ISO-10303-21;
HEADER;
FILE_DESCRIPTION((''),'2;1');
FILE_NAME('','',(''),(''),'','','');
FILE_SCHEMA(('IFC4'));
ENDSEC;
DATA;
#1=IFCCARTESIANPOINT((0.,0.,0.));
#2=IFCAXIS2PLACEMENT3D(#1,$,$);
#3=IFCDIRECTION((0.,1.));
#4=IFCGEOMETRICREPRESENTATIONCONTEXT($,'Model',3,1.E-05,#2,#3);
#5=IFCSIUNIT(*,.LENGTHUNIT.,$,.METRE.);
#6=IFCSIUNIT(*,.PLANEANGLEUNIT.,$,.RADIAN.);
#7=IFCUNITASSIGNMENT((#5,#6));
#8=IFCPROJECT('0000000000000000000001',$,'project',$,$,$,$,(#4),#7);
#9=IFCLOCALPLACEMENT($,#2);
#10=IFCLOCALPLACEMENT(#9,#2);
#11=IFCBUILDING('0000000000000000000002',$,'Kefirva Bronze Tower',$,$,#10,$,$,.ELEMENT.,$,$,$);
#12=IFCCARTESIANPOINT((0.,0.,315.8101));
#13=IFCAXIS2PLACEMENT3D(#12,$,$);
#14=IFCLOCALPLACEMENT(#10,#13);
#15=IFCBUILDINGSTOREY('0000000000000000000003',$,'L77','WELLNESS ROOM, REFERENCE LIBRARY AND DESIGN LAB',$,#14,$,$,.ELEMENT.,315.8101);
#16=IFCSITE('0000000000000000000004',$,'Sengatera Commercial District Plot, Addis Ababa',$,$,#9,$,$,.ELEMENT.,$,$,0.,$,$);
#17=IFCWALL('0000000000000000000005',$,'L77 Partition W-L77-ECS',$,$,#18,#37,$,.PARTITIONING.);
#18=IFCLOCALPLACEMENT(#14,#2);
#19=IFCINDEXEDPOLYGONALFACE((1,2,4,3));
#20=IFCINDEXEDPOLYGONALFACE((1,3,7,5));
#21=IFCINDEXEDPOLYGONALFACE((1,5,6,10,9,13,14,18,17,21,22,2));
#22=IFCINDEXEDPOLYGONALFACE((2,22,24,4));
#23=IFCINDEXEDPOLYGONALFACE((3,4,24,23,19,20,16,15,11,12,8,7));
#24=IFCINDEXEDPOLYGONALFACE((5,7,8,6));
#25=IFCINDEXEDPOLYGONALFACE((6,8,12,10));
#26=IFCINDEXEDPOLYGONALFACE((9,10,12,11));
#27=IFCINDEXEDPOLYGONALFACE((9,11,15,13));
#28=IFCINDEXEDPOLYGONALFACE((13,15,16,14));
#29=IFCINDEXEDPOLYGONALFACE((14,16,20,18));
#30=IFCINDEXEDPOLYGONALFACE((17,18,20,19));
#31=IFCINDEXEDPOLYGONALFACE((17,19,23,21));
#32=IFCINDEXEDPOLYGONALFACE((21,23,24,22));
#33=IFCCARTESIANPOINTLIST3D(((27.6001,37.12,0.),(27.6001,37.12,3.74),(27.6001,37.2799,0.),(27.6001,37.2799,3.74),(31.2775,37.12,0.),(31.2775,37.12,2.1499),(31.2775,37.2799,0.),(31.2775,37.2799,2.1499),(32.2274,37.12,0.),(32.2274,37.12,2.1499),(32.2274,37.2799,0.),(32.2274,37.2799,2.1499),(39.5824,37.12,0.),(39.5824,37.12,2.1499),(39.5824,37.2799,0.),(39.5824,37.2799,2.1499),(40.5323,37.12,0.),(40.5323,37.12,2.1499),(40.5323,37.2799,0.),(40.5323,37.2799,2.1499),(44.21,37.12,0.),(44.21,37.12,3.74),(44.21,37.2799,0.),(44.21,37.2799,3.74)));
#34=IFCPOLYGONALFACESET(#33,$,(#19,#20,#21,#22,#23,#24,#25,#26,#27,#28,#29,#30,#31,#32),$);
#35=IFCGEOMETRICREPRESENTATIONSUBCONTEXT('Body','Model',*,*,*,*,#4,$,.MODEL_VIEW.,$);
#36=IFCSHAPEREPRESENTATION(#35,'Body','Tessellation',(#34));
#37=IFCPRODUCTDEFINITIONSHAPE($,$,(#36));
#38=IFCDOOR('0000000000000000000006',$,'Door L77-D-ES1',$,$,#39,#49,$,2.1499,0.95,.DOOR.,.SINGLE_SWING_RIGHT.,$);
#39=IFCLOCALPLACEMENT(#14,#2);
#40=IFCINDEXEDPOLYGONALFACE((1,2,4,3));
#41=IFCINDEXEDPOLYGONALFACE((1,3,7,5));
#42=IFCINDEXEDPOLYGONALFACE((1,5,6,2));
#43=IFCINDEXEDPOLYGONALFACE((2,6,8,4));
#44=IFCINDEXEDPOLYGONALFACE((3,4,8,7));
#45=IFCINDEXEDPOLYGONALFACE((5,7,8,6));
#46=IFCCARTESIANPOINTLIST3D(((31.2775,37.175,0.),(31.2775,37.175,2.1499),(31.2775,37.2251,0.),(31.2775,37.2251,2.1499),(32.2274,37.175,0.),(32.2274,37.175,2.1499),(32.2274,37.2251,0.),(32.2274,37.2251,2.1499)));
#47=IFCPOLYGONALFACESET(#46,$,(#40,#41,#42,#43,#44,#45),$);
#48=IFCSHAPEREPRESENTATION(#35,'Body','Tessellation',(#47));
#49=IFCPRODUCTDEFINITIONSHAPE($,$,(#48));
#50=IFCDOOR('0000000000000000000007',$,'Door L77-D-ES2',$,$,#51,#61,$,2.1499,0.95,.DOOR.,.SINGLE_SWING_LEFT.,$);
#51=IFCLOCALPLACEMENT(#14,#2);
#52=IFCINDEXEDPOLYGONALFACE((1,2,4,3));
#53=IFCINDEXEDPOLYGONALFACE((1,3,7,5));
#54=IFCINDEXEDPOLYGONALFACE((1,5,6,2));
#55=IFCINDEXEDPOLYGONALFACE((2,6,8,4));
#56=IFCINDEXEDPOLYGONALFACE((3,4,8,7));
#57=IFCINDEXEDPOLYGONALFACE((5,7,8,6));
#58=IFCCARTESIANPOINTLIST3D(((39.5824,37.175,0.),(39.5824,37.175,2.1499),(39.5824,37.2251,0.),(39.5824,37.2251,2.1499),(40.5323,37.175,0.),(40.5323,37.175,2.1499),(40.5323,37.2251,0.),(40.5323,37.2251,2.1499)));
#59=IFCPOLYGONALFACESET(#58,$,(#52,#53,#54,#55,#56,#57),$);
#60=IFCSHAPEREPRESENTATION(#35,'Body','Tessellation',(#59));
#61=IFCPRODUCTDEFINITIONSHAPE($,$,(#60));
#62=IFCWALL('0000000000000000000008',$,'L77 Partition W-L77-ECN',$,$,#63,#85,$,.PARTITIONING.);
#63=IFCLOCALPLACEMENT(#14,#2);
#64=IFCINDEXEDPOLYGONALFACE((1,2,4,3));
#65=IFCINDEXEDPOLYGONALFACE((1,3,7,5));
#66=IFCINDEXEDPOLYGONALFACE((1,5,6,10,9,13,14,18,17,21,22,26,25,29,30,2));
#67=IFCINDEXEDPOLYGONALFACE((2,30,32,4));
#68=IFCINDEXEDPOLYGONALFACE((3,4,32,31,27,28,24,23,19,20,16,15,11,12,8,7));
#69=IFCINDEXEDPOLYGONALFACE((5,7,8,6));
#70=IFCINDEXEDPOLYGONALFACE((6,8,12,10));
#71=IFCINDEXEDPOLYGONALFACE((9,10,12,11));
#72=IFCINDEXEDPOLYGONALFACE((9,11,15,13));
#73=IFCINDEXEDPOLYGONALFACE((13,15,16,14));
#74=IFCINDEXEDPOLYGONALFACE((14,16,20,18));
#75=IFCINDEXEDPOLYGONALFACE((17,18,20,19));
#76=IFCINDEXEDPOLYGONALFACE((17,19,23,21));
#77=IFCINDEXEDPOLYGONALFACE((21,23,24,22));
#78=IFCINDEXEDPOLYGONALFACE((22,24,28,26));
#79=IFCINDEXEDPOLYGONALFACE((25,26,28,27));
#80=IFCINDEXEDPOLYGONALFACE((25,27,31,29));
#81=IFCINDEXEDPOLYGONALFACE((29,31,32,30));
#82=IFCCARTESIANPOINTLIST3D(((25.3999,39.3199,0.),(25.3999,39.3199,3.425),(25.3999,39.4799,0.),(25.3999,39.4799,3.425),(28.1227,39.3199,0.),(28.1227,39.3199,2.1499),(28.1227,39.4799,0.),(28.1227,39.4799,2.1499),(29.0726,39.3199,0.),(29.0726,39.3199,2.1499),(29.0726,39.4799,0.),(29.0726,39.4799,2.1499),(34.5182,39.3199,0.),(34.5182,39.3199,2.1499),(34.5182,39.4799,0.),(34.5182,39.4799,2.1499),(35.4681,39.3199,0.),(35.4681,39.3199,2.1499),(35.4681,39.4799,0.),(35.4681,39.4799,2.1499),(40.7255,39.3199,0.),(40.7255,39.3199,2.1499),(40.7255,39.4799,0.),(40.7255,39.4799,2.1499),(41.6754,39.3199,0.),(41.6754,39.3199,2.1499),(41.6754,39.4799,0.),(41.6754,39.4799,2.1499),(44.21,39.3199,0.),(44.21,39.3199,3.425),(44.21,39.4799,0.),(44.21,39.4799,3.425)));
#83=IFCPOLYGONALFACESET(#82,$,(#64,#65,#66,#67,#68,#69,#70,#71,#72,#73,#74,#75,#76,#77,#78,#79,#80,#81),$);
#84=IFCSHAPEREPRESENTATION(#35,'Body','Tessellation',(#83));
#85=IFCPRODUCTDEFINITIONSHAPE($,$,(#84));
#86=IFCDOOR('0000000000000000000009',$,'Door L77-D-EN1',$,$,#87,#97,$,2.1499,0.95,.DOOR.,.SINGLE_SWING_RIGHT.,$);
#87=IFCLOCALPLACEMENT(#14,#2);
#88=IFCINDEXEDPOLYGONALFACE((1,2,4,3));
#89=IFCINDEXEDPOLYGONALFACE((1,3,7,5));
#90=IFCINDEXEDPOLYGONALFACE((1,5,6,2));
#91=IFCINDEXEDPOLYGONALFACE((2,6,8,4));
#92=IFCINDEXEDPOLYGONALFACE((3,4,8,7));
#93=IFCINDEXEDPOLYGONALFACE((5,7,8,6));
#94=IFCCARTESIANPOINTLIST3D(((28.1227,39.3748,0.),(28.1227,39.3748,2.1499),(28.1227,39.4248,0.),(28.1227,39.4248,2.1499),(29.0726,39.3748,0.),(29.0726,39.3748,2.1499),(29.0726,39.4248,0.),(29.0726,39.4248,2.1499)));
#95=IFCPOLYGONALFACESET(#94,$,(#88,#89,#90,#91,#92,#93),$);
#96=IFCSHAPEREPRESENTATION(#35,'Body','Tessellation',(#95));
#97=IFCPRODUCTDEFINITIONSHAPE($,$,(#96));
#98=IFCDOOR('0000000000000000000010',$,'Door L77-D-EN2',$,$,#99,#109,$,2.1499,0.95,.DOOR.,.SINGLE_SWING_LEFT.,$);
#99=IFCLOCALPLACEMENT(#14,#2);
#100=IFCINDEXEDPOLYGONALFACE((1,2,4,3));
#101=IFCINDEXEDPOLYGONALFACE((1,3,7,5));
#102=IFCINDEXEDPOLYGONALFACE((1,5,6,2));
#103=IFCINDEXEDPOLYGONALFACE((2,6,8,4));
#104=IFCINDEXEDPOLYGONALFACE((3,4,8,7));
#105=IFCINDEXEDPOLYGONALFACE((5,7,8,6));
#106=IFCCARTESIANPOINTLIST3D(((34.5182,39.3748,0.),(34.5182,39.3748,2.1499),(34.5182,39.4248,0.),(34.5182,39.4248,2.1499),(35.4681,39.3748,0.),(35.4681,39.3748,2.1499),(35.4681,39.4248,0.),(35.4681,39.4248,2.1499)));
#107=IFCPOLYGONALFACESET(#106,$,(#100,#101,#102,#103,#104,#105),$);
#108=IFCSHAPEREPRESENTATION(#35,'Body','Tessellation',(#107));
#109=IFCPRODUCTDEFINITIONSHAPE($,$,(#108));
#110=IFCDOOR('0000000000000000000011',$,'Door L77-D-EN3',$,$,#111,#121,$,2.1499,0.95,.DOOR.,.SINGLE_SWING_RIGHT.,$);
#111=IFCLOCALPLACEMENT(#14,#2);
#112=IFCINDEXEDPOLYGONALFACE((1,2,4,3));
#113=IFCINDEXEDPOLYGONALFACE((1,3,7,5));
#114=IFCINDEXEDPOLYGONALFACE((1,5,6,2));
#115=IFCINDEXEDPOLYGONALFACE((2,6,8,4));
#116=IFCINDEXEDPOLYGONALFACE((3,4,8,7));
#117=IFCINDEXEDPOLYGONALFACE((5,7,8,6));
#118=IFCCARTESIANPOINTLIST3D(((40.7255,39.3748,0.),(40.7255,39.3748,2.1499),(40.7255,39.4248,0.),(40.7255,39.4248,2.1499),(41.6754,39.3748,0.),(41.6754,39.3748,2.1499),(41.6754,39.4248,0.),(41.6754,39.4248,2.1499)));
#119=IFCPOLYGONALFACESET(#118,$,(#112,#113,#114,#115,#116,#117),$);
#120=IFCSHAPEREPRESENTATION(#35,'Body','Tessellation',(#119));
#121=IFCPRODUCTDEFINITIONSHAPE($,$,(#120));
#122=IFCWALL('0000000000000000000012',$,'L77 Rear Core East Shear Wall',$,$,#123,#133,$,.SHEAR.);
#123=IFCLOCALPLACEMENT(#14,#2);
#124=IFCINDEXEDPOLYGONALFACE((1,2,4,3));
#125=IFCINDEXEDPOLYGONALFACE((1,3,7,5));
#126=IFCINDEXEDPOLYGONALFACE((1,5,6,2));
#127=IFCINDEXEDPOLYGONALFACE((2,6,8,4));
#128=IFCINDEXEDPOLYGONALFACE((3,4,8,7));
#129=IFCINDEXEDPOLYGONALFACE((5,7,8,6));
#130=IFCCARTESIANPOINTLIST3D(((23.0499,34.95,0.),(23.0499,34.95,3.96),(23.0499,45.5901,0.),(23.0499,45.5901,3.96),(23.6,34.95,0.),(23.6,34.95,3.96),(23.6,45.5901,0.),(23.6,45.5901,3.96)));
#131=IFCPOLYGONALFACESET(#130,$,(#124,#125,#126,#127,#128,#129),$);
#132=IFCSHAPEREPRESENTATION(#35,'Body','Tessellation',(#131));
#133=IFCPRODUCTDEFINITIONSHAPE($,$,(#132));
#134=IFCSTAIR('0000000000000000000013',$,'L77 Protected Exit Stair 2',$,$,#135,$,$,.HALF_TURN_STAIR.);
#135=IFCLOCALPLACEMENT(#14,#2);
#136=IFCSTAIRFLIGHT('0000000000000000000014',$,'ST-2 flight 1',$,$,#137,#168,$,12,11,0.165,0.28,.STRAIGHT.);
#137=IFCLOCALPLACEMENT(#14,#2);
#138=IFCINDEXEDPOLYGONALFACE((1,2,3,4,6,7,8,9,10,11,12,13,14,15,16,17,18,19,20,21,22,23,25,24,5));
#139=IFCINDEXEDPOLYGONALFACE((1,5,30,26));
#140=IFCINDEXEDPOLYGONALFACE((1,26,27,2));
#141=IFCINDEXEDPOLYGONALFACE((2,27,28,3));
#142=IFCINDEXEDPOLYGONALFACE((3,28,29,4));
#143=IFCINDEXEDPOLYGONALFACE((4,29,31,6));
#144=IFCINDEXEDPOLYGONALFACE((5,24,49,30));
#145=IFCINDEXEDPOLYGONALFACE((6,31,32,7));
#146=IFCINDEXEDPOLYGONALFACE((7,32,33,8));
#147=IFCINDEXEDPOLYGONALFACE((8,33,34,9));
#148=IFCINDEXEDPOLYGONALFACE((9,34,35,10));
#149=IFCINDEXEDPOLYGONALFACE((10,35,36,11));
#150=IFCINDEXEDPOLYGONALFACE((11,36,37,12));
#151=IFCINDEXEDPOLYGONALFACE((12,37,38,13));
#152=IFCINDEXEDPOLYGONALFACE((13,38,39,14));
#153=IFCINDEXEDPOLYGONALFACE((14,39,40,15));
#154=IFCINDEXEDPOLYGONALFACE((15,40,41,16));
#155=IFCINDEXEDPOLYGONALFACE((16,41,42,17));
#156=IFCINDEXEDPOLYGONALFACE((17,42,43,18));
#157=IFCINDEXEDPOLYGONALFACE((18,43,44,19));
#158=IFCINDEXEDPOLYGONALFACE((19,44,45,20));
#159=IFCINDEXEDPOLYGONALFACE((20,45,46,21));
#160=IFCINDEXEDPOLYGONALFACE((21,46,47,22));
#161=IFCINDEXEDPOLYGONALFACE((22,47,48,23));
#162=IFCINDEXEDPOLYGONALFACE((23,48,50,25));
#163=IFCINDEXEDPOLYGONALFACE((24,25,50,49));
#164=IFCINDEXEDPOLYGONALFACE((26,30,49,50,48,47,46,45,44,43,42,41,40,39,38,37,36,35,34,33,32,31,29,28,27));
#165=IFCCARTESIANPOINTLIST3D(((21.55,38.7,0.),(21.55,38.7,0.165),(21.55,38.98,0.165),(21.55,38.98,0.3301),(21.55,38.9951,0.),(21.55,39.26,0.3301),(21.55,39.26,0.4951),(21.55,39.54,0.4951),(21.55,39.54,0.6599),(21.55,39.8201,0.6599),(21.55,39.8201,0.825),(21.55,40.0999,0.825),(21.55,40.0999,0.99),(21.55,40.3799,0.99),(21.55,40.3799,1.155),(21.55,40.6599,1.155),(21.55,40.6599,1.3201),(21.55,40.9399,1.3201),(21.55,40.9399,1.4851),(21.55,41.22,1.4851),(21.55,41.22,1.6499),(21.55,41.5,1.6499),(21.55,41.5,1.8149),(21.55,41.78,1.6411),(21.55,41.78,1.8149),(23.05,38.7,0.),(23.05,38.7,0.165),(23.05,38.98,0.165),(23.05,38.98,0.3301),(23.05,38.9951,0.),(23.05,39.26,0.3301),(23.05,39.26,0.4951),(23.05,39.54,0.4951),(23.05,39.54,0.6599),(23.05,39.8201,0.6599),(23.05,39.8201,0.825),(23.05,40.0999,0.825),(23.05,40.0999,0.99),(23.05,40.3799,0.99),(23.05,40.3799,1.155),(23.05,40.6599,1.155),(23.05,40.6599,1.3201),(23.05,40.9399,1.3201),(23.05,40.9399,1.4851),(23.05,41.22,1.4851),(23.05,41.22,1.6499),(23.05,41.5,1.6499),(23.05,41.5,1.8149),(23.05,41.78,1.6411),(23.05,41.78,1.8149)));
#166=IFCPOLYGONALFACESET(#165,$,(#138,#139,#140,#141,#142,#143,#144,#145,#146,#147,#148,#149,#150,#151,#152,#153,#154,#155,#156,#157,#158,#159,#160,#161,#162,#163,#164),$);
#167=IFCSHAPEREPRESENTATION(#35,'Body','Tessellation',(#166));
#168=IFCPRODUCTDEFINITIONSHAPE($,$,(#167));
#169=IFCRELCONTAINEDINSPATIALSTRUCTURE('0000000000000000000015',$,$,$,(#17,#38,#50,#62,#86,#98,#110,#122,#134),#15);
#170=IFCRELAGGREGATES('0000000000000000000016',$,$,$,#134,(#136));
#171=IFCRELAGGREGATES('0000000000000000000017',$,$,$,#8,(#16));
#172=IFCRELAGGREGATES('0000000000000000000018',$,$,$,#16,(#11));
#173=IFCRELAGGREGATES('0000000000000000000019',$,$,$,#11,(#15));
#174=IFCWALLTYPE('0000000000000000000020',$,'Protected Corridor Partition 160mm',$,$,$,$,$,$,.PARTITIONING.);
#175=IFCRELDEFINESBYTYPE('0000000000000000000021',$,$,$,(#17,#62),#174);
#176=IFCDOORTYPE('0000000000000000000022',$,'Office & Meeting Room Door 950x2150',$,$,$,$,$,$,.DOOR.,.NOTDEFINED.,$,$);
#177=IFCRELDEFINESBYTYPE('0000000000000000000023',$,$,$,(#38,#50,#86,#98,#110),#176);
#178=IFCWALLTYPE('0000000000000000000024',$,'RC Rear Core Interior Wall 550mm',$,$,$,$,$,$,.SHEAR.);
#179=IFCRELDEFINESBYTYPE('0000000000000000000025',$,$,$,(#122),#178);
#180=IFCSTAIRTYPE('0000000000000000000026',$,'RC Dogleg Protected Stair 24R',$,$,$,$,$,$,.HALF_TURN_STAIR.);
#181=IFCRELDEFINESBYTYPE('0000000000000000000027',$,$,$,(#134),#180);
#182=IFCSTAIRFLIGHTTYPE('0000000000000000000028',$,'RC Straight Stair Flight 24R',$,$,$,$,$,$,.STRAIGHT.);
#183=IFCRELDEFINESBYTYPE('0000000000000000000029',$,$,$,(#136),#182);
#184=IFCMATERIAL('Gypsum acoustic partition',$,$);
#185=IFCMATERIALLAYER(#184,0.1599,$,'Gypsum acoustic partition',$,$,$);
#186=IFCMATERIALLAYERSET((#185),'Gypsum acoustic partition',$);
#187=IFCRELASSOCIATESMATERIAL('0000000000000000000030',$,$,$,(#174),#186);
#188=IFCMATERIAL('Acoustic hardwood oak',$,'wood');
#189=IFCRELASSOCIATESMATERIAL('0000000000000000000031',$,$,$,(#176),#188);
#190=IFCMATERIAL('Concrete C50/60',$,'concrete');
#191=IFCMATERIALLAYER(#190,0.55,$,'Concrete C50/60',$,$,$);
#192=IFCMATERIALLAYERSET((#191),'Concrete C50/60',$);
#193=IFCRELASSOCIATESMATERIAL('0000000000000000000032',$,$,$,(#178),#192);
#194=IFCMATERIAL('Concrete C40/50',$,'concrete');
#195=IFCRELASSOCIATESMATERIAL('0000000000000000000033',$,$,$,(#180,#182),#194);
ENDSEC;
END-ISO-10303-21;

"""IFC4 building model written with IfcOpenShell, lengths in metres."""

from ifc_helpers import new_model, si_unit, direction, frame, frame_2d, origin, place, context, subcontext, project, spatial, polyline, rectangle, outline, extrude, material, layer, layer_set, type_object, element, fill, aggregate, save


model = new_model("IFC4")

# Units and contexts
model_context = context("Model", 3, precision=1e-05, world=origin(), true_north=direction((0.0, 1.0)))
body_context = subcontext(model_context, "Body", "Model", "MODEL_VIEW")
ifc_project = project(units=[si_unit("LENGTHUNIT", "METRE"), si_unit("PLANEANGLEUNIT", "RADIAN")], contexts=[model_context])

# Site, building, storey
site_placement = place(None, origin())
site = spatial("IfcSite", under=ifc_project, at=site_placement, Name="Sengatera Commercial District Plot, Addis Ababa", CompositionType="ELEMENT", RefElevation=0.0)
building_placement = place(site_placement, origin())
building = spatial("IfcBuilding", under=site, at=building_placement, Name="Kefirva Bronze Tower", CompositionType="ELEMENT")
storey_placement = place(building_placement, frame((0.0, 0.0, 315.8101)))
storey = spatial("IfcBuildingStorey", under=building, at=storey_placement, Name="L77", Description="WELLNESS ROOM, REFERENCE LIBRARY AND DESIGN LAB", CompositionType="ELEMENT", Elevation=315.8101)

# Shared definitions
ifc_material_1 = material(Name="Concrete C50/60", Category="concrete")

# Shared definitions
ifc_material_2 = material(Name="Gypsum acoustic partition")

# Walls, openings, doors
ifc_layer_1 = layer(ifc_material_2, 0.1599, Name="Gypsum acoustic partition")
ifc_layer_set_1 = layer_set([ifc_layer_1], Name="Gypsum acoustic partition")
wall_type_1 = type_object("IfcWallType", Name="Protected Corridor Partition 160mm", PredefinedType="PARTITIONING", material=ifc_layer_set_1)
wall_1_placement = place(storey_placement, frame((27.6001, 37.2, 0.0), z_axis=(0.0, 0.0, 1.0), x_axis=(1.0, 0.0, 0.0)))
wall_1 = element("IfcWall", 1, at=wall_1_placement, inside=storey, type_object=wall_type_1, Name="L77 Partition W-L77-ECS", PredefinedType="PARTITIONING", context=body_context, shape_type="SweptSolid", body=[
    extrude(rectangle(XDim=16.6099, YDim=0.1599, at=frame_2d((8.3049, 0.0))), origin(), (0.0, 0.0, 1.0), 3.74),
])
opening_1_placement = place(wall_1_placement, frame((4.6274, 0.0, 0.0), z_axis=(0.0, 0.0, 1.0), x_axis=(-1.0, 0.0, 0.0)))
opening_1 = element("IfcOpeningElement", 2, at=opening_1_placement, cuts=wall_1, PredefinedType="OPENING", context=body_context, shape_type="SweptSolid", body=[
    extrude(rectangle(XDim=0.95, YDim=2.1499, at=frame_2d((0.4751, 1.075))), frame((0.0, 0.0898, 0.0), z_axis=(0.0, -1.0, 0.0), x_axis=(1.0, 0.0, 0.0)), (0.0, 0.0, 1.0), 0.1799),
])
opening_2_placement = place(wall_1_placement, frame((12.9324, 0.0, 0.0), z_axis=(0.0, 0.0, 1.0), x_axis=(-1.0, 0.0, 0.0)))
opening_2 = element("IfcOpeningElement", 3, at=opening_2_placement, cuts=wall_1, PredefinedType="OPENING", context=body_context, shape_type="SweptSolid", body=[
    extrude(rectangle(XDim=0.95, YDim=2.1499, at=frame_2d((0.4751, 1.075))), frame((0.0, 0.0898, 0.0), z_axis=(0.0, -1.0, 0.0), x_axis=(1.0, 0.0, 0.0)), (0.0, 0.0, 1.0), 0.1799),
])
ifc_material_3 = material(Name="Acoustic hardwood oak", Category="wood")
door_type = type_object("IfcDoorType", Name="Office & Meeting Room Door 950x2150", OperationType="NOTDEFINED", PredefinedType="DOOR", material=ifc_material_3)
door_1_placement = place(opening_1_placement, origin())
door_1 = element("IfcDoor", 4, at=door_1_placement, inside=storey, type_object=door_type, Name="Door L77-D-ES1", OperationType="SINGLE_SWING_RIGHT", OverallHeight=2.1499, OverallWidth=0.95, PredefinedType="DOOR", context=body_context, shape_type="SweptSolid", body=[
    extrude(rectangle(XDim=0.95, YDim=2.1499, at=frame_2d((0.4751, 1.075))), frame((0.0, 0.0249, 0.0), z_axis=(0.0, -1.0, 0.0), x_axis=(1.0, 0.0, 0.0)), (0.0, 0.0, 1.0), 0.05),
])
fill(opening_1, door_1)
door_2_placement = place(opening_2_placement, origin())
door_2 = element("IfcDoor", 5, at=door_2_placement, inside=storey, type_object=door_type, Name="Door L77-D-ES2", OperationType="SINGLE_SWING_LEFT", OverallHeight=2.1499, OverallWidth=0.95, PredefinedType="DOOR", context=body_context, shape_type="SweptSolid", body=[
    extrude(rectangle(XDim=0.95, YDim=2.1499, at=frame_2d((0.4751, 1.075))), frame((0.0, 0.0249, 0.0), z_axis=(0.0, -1.0, 0.0), x_axis=(1.0, 0.0, 0.0)), (0.0, 0.0, 1.0), 0.05),
])
fill(opening_2, door_2)
wall_2_placement = place(storey_placement, frame((25.3999, 39.3999, 0.0), z_axis=(0.0, 0.0, 1.0), x_axis=(1.0, 0.0, 0.0)))
wall_2 = element("IfcWall", 6, at=wall_2_placement, inside=storey, type_object=wall_type_1, Name="L77 Partition W-L77-ECN", PredefinedType="PARTITIONING", context=body_context, shape_type="SweptSolid", body=[
    extrude(rectangle(XDim=18.8101, YDim=0.1599, at=frame_2d((9.405, 0.0))), origin(), (0.0, 0.0, 1.0), 3.425),
])
opening_3_placement = place(wall_2_placement, frame((2.7227, 0.0, 0.0)))
opening_3 = element("IfcOpeningElement", 7, at=opening_3_placement, cuts=wall_2, PredefinedType="OPENING", context=body_context, shape_type="SweptSolid", body=[
    extrude(rectangle(XDim=0.95, YDim=2.1499, at=frame_2d((0.4751, 1.075))), frame((0.0, 0.0898, 0.0), z_axis=(0.0, -1.0, 0.0), x_axis=(1.0, 0.0, 0.0)), (0.0, 0.0, 1.0), 0.1799),
])
opening_4_placement = place(wall_2_placement, frame((9.1182, 0.0, 0.0)))
opening_4 = element("IfcOpeningElement", 8, at=opening_4_placement, cuts=wall_2, PredefinedType="OPENING", context=body_context, shape_type="SweptSolid", body=[
    extrude(rectangle(XDim=0.95, YDim=2.1499, at=frame_2d((0.4751, 1.075))), frame((0.0, 0.0898, 0.0), z_axis=(0.0, -1.0, 0.0), x_axis=(1.0, 0.0, 0.0)), (0.0, 0.0, 1.0), 0.1799),
])
opening_5_placement = place(wall_2_placement, frame((15.3254, 0.0, 0.0)))
opening_5 = element("IfcOpeningElement", 9, at=opening_5_placement, cuts=wall_2, PredefinedType="OPENING", context=body_context, shape_type="SweptSolid", body=[
    extrude(rectangle(XDim=0.95, YDim=2.1499, at=frame_2d((0.4751, 1.075))), frame((0.0, 0.0898, 0.0), z_axis=(0.0, -1.0, 0.0), x_axis=(1.0, 0.0, 0.0)), (0.0, 0.0, 1.0), 0.1799),
])
door_3_placement = place(opening_3_placement, origin())
door_3 = element("IfcDoor", 10, at=door_3_placement, inside=storey, type_object=door_type, Name="Door L77-D-EN1", OperationType="SINGLE_SWING_RIGHT", OverallHeight=2.1499, OverallWidth=0.95, PredefinedType="DOOR", context=body_context, shape_type="SweptSolid", body=[
    extrude(rectangle(XDim=0.95, YDim=2.1499, at=frame_2d((0.4751, 1.075))), frame((0.0, 0.0249, 0.0), z_axis=(0.0, -1.0, 0.0), x_axis=(1.0, 0.0, 0.0)), (0.0, 0.0, 1.0), 0.05),
])
fill(opening_3, door_3)
door_4_placement = place(opening_4_placement, origin())
door_4 = element("IfcDoor", 11, at=door_4_placement, inside=storey, type_object=door_type, Name="Door L77-D-EN2", OperationType="SINGLE_SWING_LEFT", OverallHeight=2.1499, OverallWidth=0.95, PredefinedType="DOOR", context=body_context, shape_type="SweptSolid", body=[
    extrude(rectangle(XDim=0.95, YDim=2.1499, at=frame_2d((0.4751, 1.075))), frame((0.0, 0.0249, 0.0), z_axis=(0.0, -1.0, 0.0), x_axis=(1.0, 0.0, 0.0)), (0.0, 0.0, 1.0), 0.05),
])
fill(opening_4, door_4)
door_5_placement = place(opening_5_placement, origin())
door_5 = element("IfcDoor", 12, at=door_5_placement, inside=storey, type_object=door_type, Name="Door L77-D-EN3", OperationType="SINGLE_SWING_RIGHT", OverallHeight=2.1499, OverallWidth=0.95, PredefinedType="DOOR", context=body_context, shape_type="SweptSolid", body=[
    extrude(rectangle(XDim=0.95, YDim=2.1499, at=frame_2d((0.4751, 1.075))), frame((0.0, 0.0249, 0.0), z_axis=(0.0, -1.0, 0.0), x_axis=(1.0, 0.0, 0.0)), (0.0, 0.0, 1.0), 0.05),
])
fill(opening_5, door_5)

# Wall
ifc_layer_2 = layer(ifc_material_1, 0.55, Name="Concrete C50/60")
ifc_layer_set_2 = layer_set([ifc_layer_2], Name="Concrete C50/60")
wall_type_2 = type_object("IfcWallType", Name="RC Rear Core Interior Wall 550mm", PredefinedType="SHEAR", material=ifc_layer_set_2)
wall_3_placement = place(storey_placement, frame((23.325, 34.95, 0.0), z_axis=(0.0, 0.0, 1.0), x_axis=(0.0, 1.0, 0.0)))
element("IfcWall", 13, at=wall_3_placement, inside=storey, type_object=wall_type_2, Name="L77 Rear Core East Shear Wall", PredefinedType="SHEAR", context=body_context, shape_type="SweptSolid", body=[
    extrude(rectangle(XDim=10.6401, YDim=0.55, at=frame_2d((5.3201, 0.0))), origin(), (0.0, 0.0, 1.0), 3.96),
])

# Stair, stair flight
ifc_material_4 = material(Name="Concrete C40/50", Category="concrete")
stair_type = type_object("IfcStairType", Name="RC Dogleg Protected Stair 24R", PredefinedType="HALF_TURN_STAIR", material=ifc_material_4)
stair_placement = place(storey_placement, origin())
stair = element("IfcStair", 14, at=stair_placement, inside=storey, type_object=stair_type, Name="L77 Protected Exit Stair 2", PredefinedType="HALF_TURN_STAIR")
stair_flight_type = type_object("IfcStairFlightType", Name="RC Straight Stair Flight 24R", PredefinedType="STRAIGHT", material=ifc_material_4)
stair_flight_placement = place(storey_placement, frame((22.3, 38.7, 0.0), z_axis=(0.0, 0.0, 1.0), x_axis=(0.0, 1.0, 0.0)))
stair_flight = element("IfcStairFlight", 15, at=stair_flight_placement, type_object=stair_flight_type, Name="ST-2 flight 1", NumberOfRisers=12, NumberOfTreads=11, PredefinedType="STRAIGHT", RiserHeight=0.165, TreadLength=0.28, context=body_context, shape_type="SweptSolid", body=[
    extrude(outline(polyline([(0.0, 0.0), (0.0, 0.165), (0.28, 0.165), (0.28, 0.3301), (0.5601, 0.3301), (0.5601, 0.4951), (0.8401, 0.4951), (0.8401, 0.6599), (1.1201, 0.6599), (1.1201, 0.825), (1.3999, 0.825), (1.3999, 0.99), (1.6799, 0.99), (1.6799, 1.155), (1.96, 1.155), (1.96, 1.3201), (2.24, 1.3201), (2.24, 1.4851), (2.52, 1.4851), (2.52, 1.6499), (2.8, 1.6499), (2.8, 1.8149), (3.0801, 1.8149), (3.0801, 1.98), (3.0801, 1.6411), (0.2952, 0.0), (0.0, 0.0)])), frame((0.0, 0.75, 0.0), z_axis=(0.0, -1.0, 0.0), x_axis=(1.0, 0.0, 0.0)), (0.0, 0.0, 1.0), 1.5),
])
aggregate(stair, [stair_flight])

save(model, "model.ifc")
